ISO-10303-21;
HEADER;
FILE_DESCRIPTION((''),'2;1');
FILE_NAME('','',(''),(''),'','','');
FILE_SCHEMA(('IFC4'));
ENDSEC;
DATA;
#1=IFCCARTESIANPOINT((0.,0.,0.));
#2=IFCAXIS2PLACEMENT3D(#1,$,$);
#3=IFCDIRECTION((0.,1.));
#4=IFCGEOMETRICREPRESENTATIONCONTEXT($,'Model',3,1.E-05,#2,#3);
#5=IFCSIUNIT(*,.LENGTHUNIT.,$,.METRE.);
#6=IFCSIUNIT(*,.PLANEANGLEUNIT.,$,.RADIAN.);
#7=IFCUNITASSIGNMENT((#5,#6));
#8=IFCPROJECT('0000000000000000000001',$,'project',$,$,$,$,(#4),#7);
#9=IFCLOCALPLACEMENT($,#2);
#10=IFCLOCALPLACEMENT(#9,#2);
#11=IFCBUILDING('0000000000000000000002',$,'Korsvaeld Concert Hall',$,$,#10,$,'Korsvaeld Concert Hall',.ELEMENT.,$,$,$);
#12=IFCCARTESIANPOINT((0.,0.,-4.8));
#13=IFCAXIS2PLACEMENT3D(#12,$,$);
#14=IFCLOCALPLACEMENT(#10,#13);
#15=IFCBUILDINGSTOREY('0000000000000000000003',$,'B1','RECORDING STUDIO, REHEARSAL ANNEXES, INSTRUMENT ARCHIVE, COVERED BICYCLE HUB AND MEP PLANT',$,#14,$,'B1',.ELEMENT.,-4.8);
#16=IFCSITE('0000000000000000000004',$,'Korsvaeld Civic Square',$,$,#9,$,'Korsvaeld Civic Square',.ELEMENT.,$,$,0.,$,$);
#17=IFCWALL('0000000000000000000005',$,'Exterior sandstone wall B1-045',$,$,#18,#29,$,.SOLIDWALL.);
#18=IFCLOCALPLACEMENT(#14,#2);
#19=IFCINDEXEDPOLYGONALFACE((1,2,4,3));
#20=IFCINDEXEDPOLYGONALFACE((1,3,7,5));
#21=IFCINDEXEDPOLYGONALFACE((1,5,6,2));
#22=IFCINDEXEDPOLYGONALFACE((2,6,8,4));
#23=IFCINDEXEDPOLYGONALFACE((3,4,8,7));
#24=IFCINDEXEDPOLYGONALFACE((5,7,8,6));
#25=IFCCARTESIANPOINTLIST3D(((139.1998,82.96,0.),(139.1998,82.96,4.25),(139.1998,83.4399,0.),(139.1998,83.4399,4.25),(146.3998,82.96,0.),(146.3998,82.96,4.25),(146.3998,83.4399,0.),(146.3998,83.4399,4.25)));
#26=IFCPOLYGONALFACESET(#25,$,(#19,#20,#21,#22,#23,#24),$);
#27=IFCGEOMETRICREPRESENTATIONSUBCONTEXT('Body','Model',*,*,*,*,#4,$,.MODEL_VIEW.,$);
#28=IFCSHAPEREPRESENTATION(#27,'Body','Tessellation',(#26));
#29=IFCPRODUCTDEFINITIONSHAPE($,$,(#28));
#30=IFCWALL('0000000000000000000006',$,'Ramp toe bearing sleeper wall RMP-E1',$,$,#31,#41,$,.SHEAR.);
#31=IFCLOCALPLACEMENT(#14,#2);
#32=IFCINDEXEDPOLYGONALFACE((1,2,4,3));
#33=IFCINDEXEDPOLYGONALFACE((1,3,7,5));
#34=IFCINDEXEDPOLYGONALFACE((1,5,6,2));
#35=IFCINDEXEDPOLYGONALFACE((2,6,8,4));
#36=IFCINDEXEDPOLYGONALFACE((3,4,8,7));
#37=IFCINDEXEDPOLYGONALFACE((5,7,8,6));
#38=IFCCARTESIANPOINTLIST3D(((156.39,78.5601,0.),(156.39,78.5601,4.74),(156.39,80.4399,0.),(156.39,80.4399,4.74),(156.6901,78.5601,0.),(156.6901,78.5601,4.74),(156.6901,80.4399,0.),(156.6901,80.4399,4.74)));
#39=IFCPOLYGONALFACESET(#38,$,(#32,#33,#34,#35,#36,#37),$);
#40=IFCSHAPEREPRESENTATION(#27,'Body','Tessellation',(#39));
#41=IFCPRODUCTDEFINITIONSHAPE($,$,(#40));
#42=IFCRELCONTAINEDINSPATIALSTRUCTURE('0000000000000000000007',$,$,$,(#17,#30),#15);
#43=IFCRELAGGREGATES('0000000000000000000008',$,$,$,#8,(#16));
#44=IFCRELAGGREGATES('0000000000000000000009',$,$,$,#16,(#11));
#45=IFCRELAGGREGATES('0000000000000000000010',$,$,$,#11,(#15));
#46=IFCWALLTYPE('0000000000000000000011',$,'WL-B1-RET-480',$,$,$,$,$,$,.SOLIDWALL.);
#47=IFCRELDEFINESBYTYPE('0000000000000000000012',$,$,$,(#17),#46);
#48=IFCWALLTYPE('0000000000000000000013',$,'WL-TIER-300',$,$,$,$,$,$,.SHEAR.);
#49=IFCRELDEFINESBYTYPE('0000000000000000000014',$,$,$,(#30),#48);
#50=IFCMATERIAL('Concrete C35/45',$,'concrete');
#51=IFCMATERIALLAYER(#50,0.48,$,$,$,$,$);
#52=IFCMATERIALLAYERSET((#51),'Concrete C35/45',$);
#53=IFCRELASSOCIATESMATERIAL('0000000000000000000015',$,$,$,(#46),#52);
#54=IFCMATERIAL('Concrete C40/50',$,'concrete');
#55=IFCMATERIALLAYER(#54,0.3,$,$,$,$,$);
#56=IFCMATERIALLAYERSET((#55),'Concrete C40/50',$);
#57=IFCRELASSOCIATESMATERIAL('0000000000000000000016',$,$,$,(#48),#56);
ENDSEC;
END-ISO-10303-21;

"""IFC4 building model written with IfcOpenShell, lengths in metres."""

from ifc_helpers import new_model, si_unit, direction, frame, frame_2d, origin, place, context, subcontext, project, spatial, rectangle, extrude, material, layer, layer_set, type_object, element, save


model = new_model("IFC4")

# Units and contexts
model_context = context("Model", 3, precision=1e-05, world=origin(), true_north=direction((0.0, 1.0)))
body_context = subcontext(model_context, "Body", "Model", "MODEL_VIEW")
ifc_project = project(units=[si_unit("LENGTHUNIT", "METRE"), si_unit("PLANEANGLEUNIT", "RADIAN")], contexts=[model_context])

# Site, building, storey
site_placement = place(None, origin())
site = spatial("IfcSite", under=ifc_project, at=site_placement, Name="Korsvaeld Civic Square", LongName="Korsvaeld Civic Square", CompositionType="ELEMENT", RefElevation=0.0)
building_placement = place(site_placement, origin())
building = spatial("IfcBuilding", under=site, at=building_placement, Name="Korsvaeld Concert Hall", LongName="Korsvaeld Concert Hall", CompositionType="ELEMENT")
storey_placement = place(building_placement, frame((0.0, 0.0, -4.8)))
storey = spatial("IfcBuildingStorey", under=building, at=storey_placement, Name="B1", Description="RECORDING STUDIO, REHEARSAL ANNEXES, INSTRUMENT ARCHIVE, COVERED BICYCLE HUB AND MEP PLANT", LongName="B1", CompositionType="ELEMENT", Elevation=-4.8)

# Shared definitions
ifc_material_1 = material(Name="Concrete C35/45", Category="concrete")

# Shared definitions
ifc_material_2 = material(Name="Concrete C40/50", Category="concrete")

# Walls
ifc_layer_1 = layer(ifc_material_1, 0.48)
ifc_layer_set_1 = layer_set([ifc_layer_1], Name="Concrete C35/45")
wall_type_1 = type_object("IfcWallType", Name="WL-B1-RET-480", PredefinedType="SOLIDWALL", material=ifc_layer_set_1)
wall_1_placement = place(storey_placement, frame((146.3999, 83.2, 0.0), z_axis=(0.0, 0.0, 1.0), x_axis=(-1.0, 0.0, 0.0)))
element("IfcWall", 1, at=wall_1_placement, inside=storey, type_object=wall_type_1, Name="Exterior sandstone wall B1-045", PredefinedType="SOLIDWALL", context=body_context, shape_type="SweptSolid", body=[
    extrude(rectangle(XDim=7.2, YDim=0.48, at=frame_2d((3.6001, 0.0))), origin(), (0.0, 0.0, 1.0), 4.25),
])
ifc_layer_2 = layer(ifc_material_2, 0.3)
ifc_layer_set_2 = layer_set([ifc_layer_2], Name="Concrete C40/50")
wall_type_2 = type_object("IfcWallType", Name="WL-TIER-300", PredefinedType="SHEAR", material=ifc_layer_set_2)
wall_2_placement = place(storey_placement, frame((156.54, 78.5601, 0.0), z_axis=(0.0, 0.0, 1.0), x_axis=(0.0, 1.0, 0.0)))
element("IfcWall", 2, at=wall_2_placement, inside=storey, type_object=wall_type_2, Name="Ramp toe bearing sleeper wall RMP-E1", PredefinedType="SHEAR", context=body_context, shape_type="SweptSolid", body=[
    extrude(rectangle(XDim=1.8799, YDim=0.3, at=frame_2d((0.9399, 0.0))), origin(), (0.0, 0.0, 1.0), 4.74),
])

save(model, "model.ifc")
